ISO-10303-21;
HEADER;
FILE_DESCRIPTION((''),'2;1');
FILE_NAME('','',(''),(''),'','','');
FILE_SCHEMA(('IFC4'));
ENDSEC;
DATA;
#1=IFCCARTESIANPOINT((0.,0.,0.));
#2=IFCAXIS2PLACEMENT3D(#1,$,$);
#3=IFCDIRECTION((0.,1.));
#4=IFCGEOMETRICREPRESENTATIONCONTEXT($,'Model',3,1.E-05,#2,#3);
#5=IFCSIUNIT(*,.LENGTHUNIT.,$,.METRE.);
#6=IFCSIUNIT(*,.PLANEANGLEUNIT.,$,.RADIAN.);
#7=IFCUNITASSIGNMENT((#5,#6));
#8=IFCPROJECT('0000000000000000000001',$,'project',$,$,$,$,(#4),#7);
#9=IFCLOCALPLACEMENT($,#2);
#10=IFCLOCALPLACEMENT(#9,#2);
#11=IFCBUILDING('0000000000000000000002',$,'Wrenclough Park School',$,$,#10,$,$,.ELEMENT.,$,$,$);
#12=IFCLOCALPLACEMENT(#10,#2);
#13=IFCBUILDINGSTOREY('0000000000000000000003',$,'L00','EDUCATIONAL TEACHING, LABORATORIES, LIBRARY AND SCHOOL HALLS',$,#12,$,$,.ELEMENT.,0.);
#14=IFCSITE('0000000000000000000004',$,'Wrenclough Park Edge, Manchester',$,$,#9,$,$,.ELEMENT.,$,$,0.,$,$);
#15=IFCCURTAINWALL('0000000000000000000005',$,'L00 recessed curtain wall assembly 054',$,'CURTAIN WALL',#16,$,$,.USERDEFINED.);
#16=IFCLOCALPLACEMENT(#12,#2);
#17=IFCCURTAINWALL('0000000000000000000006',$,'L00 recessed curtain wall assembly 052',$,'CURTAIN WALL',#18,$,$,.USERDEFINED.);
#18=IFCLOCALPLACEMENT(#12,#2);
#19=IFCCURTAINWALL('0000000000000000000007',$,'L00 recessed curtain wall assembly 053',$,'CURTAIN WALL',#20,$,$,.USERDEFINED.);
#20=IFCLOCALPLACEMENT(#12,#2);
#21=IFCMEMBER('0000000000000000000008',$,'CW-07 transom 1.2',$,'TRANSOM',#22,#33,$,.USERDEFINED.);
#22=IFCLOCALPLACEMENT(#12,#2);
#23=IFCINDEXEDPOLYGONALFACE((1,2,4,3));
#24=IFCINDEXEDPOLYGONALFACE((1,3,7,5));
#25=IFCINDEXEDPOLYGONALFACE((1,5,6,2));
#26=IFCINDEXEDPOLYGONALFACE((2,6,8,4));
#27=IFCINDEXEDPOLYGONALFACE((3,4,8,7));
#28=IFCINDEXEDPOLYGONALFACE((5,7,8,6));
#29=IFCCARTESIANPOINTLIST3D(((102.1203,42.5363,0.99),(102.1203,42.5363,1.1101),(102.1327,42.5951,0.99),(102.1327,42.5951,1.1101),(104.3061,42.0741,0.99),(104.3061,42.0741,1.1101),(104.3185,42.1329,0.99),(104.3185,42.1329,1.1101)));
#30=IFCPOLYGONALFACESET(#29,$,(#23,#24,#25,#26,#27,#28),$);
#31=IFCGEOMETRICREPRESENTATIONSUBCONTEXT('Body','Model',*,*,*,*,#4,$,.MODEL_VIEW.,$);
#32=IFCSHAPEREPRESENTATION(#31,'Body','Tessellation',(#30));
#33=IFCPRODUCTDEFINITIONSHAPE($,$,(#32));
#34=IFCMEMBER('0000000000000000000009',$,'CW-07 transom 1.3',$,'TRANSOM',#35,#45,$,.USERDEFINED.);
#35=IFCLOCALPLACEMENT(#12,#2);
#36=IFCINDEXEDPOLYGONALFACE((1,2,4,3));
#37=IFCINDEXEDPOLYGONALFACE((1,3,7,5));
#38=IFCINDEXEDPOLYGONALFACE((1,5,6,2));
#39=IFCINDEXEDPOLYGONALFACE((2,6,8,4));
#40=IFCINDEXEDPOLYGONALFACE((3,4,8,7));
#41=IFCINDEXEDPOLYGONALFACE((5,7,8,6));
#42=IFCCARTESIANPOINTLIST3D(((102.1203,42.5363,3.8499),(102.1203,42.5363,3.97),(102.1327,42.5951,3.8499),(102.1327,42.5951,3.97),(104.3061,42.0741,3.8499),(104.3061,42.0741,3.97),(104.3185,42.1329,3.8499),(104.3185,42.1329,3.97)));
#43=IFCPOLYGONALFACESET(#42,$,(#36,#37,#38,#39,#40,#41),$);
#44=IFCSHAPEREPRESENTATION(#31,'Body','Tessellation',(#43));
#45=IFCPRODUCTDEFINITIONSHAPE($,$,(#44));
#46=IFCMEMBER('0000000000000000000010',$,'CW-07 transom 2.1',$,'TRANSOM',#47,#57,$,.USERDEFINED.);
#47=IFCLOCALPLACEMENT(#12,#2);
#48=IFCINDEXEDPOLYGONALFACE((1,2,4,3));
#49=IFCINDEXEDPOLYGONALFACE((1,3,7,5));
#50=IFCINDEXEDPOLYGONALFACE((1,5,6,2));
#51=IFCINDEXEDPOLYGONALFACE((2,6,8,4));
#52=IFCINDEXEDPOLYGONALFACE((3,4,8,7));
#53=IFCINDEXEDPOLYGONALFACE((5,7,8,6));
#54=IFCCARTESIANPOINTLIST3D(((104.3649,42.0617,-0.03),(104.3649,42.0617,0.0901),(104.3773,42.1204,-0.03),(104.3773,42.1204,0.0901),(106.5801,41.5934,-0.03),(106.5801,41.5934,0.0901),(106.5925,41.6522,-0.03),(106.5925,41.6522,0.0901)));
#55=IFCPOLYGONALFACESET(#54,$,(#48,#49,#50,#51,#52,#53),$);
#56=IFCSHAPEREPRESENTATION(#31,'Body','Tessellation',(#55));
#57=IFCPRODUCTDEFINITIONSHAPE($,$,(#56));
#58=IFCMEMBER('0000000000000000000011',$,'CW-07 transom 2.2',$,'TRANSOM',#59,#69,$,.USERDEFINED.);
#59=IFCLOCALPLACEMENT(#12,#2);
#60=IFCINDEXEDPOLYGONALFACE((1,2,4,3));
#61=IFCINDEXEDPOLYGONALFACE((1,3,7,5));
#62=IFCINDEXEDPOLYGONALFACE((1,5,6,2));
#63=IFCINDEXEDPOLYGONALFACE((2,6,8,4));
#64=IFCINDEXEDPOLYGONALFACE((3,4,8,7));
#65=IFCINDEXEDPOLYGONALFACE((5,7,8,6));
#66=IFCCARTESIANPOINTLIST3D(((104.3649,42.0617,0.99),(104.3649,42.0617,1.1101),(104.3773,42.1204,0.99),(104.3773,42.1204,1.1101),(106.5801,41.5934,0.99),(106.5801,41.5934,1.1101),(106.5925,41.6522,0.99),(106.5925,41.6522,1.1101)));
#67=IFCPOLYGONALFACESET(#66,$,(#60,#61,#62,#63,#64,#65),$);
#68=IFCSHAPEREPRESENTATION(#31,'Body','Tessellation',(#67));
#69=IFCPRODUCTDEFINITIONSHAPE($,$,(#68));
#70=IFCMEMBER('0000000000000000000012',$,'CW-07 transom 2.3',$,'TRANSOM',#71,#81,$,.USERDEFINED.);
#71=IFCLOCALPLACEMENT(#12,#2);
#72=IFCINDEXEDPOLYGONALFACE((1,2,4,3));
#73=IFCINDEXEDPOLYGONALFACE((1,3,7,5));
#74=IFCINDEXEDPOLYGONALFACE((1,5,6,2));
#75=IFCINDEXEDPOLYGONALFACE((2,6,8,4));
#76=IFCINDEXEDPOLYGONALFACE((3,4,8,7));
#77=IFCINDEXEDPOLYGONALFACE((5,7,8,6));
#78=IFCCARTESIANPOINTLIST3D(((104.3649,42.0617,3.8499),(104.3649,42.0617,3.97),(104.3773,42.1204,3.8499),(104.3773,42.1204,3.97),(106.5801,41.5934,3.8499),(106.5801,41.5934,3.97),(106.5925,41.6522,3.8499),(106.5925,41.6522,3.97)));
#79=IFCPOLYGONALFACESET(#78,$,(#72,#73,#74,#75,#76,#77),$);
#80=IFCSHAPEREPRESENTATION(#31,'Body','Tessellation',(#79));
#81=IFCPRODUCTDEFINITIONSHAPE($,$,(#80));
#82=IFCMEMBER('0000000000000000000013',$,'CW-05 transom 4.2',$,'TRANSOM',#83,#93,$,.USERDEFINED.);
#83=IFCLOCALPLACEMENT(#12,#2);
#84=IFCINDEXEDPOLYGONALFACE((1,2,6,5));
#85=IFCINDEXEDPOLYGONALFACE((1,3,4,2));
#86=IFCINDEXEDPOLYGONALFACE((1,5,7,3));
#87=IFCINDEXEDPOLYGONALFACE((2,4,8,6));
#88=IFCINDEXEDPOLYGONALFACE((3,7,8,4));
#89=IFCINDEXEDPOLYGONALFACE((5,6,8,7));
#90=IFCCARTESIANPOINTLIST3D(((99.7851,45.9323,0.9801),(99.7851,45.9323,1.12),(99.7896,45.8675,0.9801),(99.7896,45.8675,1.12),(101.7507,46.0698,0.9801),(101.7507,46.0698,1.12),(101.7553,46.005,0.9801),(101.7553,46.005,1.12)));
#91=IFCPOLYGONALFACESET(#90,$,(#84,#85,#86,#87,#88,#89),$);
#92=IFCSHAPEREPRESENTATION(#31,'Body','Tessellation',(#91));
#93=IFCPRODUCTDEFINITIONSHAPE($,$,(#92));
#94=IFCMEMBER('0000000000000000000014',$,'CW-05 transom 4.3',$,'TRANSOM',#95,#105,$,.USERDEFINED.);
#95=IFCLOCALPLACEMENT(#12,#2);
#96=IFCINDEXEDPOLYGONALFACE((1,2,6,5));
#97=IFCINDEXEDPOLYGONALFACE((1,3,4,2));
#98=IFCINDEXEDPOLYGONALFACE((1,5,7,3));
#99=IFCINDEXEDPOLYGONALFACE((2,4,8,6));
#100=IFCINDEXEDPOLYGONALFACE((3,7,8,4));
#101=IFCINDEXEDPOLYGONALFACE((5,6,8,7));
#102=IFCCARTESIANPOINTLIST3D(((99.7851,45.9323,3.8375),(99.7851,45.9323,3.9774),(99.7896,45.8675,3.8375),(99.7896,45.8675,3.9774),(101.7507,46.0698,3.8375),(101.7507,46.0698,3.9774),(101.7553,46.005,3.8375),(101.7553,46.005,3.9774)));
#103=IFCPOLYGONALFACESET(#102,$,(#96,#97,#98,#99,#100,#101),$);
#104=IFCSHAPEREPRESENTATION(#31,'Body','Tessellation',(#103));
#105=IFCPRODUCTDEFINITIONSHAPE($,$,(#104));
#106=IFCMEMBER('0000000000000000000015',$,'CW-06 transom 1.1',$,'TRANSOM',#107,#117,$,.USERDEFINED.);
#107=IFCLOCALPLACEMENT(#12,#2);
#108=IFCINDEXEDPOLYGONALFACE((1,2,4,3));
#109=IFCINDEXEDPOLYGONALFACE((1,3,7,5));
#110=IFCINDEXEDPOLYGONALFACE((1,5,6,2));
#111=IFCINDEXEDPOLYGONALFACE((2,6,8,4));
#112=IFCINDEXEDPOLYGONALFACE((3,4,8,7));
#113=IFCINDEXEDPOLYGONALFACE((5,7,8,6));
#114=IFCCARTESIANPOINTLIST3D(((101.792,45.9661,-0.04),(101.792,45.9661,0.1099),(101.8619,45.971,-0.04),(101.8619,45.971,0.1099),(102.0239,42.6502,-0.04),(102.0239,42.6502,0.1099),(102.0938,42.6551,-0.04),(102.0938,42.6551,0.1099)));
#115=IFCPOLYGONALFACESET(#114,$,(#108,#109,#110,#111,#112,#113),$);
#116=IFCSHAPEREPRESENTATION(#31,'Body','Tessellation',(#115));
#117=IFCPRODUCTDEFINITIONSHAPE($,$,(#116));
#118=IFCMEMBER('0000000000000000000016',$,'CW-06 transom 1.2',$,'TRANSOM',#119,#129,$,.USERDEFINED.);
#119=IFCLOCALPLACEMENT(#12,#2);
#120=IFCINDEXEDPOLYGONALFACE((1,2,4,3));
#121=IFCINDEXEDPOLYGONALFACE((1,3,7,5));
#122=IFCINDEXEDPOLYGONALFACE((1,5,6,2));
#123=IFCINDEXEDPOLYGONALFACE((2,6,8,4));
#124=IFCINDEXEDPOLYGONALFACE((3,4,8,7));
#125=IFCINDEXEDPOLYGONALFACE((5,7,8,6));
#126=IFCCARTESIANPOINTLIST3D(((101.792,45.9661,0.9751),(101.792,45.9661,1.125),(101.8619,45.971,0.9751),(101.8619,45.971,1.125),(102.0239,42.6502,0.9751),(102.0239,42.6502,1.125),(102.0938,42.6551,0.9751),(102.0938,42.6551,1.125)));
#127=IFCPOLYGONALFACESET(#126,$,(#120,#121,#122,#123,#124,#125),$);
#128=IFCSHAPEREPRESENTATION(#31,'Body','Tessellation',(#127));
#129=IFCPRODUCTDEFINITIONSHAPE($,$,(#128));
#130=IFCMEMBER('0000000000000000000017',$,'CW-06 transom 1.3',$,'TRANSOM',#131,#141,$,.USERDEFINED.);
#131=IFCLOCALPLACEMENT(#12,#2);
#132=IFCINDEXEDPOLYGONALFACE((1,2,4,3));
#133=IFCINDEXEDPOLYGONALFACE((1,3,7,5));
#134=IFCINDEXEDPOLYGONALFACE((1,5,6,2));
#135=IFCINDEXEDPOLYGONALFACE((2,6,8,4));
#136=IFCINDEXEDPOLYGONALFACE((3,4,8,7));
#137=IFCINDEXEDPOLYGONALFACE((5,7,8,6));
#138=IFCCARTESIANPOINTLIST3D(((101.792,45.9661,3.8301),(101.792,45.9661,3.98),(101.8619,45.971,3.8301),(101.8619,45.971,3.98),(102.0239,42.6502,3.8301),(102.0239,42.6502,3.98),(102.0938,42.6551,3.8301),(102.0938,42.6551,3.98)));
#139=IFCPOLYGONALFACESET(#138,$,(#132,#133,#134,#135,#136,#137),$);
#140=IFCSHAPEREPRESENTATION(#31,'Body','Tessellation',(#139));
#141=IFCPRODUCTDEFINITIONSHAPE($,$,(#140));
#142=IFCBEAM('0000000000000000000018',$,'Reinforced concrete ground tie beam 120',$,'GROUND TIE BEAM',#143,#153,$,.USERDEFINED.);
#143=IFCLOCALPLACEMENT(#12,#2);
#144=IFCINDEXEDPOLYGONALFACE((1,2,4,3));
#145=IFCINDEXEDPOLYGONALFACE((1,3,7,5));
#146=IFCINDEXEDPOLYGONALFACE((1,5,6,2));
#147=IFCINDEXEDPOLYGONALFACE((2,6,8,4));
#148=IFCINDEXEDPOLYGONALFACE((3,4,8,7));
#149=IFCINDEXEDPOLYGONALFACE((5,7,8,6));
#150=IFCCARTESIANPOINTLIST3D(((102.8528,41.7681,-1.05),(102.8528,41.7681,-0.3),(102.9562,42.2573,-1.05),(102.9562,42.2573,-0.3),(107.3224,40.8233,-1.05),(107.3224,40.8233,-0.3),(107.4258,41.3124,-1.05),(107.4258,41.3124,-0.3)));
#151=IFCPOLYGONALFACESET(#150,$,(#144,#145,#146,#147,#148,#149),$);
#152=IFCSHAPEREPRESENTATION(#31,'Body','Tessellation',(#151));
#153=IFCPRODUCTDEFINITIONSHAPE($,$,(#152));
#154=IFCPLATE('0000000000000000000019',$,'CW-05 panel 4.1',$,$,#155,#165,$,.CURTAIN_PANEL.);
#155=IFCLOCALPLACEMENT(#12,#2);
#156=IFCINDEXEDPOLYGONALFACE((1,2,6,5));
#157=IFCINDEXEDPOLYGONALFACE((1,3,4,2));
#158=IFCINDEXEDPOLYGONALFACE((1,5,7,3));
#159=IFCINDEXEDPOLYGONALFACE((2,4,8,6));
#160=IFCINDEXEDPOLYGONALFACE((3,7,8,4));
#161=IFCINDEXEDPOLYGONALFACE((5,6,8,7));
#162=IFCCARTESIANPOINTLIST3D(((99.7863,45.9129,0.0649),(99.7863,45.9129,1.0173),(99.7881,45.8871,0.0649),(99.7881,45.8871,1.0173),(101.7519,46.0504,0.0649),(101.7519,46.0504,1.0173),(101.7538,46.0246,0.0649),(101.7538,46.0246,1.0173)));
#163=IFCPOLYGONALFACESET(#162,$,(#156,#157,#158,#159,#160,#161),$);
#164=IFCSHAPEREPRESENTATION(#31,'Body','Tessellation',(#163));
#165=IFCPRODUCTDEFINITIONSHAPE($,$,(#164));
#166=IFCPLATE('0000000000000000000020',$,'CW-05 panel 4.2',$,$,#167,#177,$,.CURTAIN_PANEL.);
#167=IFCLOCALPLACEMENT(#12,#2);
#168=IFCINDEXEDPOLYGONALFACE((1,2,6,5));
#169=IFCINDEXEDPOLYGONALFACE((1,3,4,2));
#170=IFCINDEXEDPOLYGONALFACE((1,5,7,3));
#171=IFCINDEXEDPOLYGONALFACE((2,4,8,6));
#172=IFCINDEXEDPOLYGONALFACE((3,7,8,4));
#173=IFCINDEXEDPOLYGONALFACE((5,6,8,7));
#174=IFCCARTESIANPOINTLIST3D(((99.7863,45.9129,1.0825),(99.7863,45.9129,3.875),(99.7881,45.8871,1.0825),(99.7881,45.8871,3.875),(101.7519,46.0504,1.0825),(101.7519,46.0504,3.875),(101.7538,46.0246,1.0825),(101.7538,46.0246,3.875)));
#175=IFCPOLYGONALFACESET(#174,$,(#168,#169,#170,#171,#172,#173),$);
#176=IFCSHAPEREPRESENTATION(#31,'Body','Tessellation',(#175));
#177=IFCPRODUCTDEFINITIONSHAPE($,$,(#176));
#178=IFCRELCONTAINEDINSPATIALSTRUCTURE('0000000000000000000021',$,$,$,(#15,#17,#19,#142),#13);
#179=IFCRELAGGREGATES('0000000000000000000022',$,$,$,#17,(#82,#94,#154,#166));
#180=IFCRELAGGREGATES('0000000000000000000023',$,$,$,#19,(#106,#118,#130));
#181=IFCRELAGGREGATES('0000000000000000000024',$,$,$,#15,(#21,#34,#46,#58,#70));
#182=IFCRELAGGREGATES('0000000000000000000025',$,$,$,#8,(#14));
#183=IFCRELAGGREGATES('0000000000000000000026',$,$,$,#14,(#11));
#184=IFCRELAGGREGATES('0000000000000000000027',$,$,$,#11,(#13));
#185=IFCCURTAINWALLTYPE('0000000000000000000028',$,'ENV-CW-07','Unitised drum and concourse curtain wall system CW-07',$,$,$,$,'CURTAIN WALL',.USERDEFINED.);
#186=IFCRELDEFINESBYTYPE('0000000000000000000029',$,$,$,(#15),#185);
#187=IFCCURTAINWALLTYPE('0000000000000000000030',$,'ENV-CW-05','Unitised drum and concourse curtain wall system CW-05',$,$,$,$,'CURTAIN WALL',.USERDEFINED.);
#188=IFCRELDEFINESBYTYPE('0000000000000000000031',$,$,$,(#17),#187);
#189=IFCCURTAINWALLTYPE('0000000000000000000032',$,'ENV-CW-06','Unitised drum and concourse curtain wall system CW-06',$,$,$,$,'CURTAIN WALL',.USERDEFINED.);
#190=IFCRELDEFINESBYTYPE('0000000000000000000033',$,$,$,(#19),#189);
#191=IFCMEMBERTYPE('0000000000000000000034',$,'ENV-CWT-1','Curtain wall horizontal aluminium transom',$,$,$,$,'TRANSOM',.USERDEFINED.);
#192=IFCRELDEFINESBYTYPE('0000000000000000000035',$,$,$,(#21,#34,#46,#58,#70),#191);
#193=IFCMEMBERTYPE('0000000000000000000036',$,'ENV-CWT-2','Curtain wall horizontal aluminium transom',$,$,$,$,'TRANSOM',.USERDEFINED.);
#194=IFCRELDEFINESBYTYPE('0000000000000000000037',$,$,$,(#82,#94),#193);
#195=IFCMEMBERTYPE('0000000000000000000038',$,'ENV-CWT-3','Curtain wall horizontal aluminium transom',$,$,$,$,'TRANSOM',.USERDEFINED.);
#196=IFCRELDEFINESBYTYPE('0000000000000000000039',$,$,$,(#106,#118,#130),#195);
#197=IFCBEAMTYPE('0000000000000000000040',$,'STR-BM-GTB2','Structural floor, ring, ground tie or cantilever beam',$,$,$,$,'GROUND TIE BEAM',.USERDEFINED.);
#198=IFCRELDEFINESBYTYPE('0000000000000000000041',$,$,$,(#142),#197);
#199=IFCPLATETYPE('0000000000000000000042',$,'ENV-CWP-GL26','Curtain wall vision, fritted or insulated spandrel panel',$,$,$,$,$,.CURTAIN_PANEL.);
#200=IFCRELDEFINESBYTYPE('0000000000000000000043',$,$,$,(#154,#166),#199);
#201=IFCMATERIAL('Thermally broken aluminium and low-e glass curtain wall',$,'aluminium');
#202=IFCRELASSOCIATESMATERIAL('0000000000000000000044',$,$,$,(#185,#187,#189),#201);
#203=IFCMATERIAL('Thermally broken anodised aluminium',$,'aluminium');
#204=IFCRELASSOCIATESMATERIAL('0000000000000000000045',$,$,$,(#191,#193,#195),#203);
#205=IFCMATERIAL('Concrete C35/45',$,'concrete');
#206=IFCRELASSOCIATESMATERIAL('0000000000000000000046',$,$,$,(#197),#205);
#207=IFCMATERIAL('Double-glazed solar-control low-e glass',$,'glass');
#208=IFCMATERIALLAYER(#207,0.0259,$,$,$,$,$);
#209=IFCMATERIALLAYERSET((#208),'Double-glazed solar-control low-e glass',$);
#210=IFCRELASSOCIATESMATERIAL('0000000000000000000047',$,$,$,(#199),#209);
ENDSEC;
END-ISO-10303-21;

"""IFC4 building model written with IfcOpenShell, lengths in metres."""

from ifc_helpers import new_model, si_unit, direction, frame, origin, origin_2d, place, context, subcontext, project, spatial, rectangle, extrude, material, layer, layer_set, material_profile, profile_set, type_object, element, aggregate, save


model = new_model("IFC4")

# Units and contexts
model_context = context("Model", 3, precision=1e-05, world=origin(), true_north=direction((0.0, 1.0)))
body_context = subcontext(model_context, "Body", "Model", "MODEL_VIEW")
ifc_project = project(units=[si_unit("LENGTHUNIT", "METRE"), si_unit("PLANEANGLEUNIT", "RADIAN")], contexts=[model_context])

# Site, building, storey
site_placement = place(None, origin())
site = spatial("IfcSite", under=ifc_project, at=site_placement, Name="Wrenclough Park Edge, Manchester", CompositionType="ELEMENT", RefElevation=0.0)
building_placement = place(site_placement, origin())
building = spatial("IfcBuilding", under=site, at=building_placement, Name="Wrenclough Park School", CompositionType="ELEMENT")
storey_placement = place(building_placement, origin())
storey = spatial("IfcBuildingStorey", under=building, at=storey_placement, Name="L00", Description="EDUCATIONAL TEACHING, LABORATORIES, LIBRARY AND SCHOOL HALLS", CompositionType="ELEMENT", Elevation=0.0)

# Shared definitions
ifc_material_1 = material(Name="Concrete C35/45", Category="concrete")

# Curtain wall
ifc_material_2 = material(Name="Thermally broken aluminium and low-e glass curtain wall", Category="aluminium")
curtain_wall_type_1 = type_object("IfcCurtainWallType", Name="ENV-CW-07", Description="Unitised drum and concourse curtain wall system CW-07", ElementType="CURTAIN WALL", PredefinedType="USERDEFINED", material=ifc_material_2)
curtain_wall_1_placement = place(storey_placement, origin())
curtain_wall_1 = element("IfcCurtainWall", 1, at=curtain_wall_1_placement, inside=storey, type_object=curtain_wall_type_1, Name="L00 recessed curtain wall assembly 054", ObjectType="CURTAIN WALL", PredefinedType="USERDEFINED")
ifc_material_3 = material(Name="Thermally broken anodised aluminium", Category="aluminium")

# Curtain wall
curtain_wall_type_2 = type_object("IfcCurtainWallType", Name="ENV-CW-05", Description="Unitised drum and concourse curtain wall system CW-05", ElementType="CURTAIN WALL", PredefinedType="USERDEFINED", material=ifc_material_2)
curtain_wall_2_placement = place(storey_placement, origin())
curtain_wall_2 = element("IfcCurtainWall", 2, at=curtain_wall_2_placement, inside=storey, type_object=curtain_wall_type_2, Name="L00 recessed curtain wall assembly 052", ObjectType="CURTAIN WALL", PredefinedType="USERDEFINED")

# Curtain wall
curtain_wall_type_3 = type_object("IfcCurtainWallType", Name="ENV-CW-06", Description="Unitised drum and concourse curtain wall system CW-06", ElementType="CURTAIN WALL", PredefinedType="USERDEFINED", material=ifc_material_2)
curtain_wall_3_placement = place(storey_placement, origin())
curtain_wall_3 = element("IfcCurtainWall", 3, at=curtain_wall_3_placement, inside=storey, type_object=curtain_wall_type_3, Name="L00 recessed curtain wall assembly 053", ObjectType="CURTAIN WALL", PredefinedType="USERDEFINED")

# Members
ifc_material_profile_1 = material_profile(ifc_material_3, rectangle(XDim=0.0601, YDim=0.1201, at=origin_2d()), Name="AL TRANSOM 60x120")
ifc_profile_set_1 = profile_set([ifc_material_profile_1], Name="Thermally broken anodised aluminium")
member_type_1 = type_object("IfcMemberType", Name="ENV-CWT-1", Description="Curtain wall horizontal aluminium transom", ElementType="TRANSOM", PredefinedType="USERDEFINED", material=ifc_profile_set_1)
member_1_placement = place(storey_placement, frame((102.1265, 42.5657, 1.05), z_axis=(0.97837, -0.206864, 0.0), x_axis=(0.206864, 0.97837, 0.0)))
member_1 = element("IfcMember", 4, at=member_1_placement, type_object=member_type_1, Name="CW-07 transom 1.2", ObjectType="TRANSOM", PredefinedType="USERDEFINED", context=body_context, shape_type="SweptSolid", body=[
    extrude(rectangle(XDim=0.0601, YDim=0.1201, at=origin_2d()), origin(), (0.0, 0.0, 1.0), 2.2341),
])
member_2_placement = place(storey_placement, frame((102.1265, 42.5657, 3.9099), z_axis=(0.97837, -0.206864, 0.0), x_axis=(0.206864, 0.97837, 0.0)))
member_2 = element("IfcMember", 5, at=member_2_placement, type_object=member_type_1, Name="CW-07 transom 1.3", ObjectType="TRANSOM", PredefinedType="USERDEFINED", context=body_context, shape_type="SweptSolid", body=[
    extrude(rectangle(XDim=0.0601, YDim=0.1201, at=origin_2d()), origin(), (0.0, 0.0, 1.0), 2.2341),
])
member_3_placement = place(storey_placement, frame((104.3711, 42.0911, 0.03), z_axis=(0.978378, -0.206826, 0.0), x_axis=(0.206826, 0.978378, 0.0)))
member_3 = element("IfcMember", 6, at=member_3_placement, type_object=member_type_1, Name="CW-07 transom 2.1", ObjectType="TRANSOM", PredefinedType="USERDEFINED", context=body_context, shape_type="SweptSolid", body=[
    extrude(rectangle(XDim=0.0601, YDim=0.1201, at=origin_2d()), origin(), (0.0, 0.0, 1.0), 2.2642),
])
member_4_placement = place(storey_placement, frame((104.3711, 42.0911, 1.05), z_axis=(0.978378, -0.206826, 0.0), x_axis=(0.206826, 0.978378, 0.0)))
member_4 = element("IfcMember", 7, at=member_4_placement, type_object=member_type_1, Name="CW-07 transom 2.2", ObjectType="TRANSOM", PredefinedType="USERDEFINED", context=body_context, shape_type="SweptSolid", body=[
    extrude(rectangle(XDim=0.0601, YDim=0.1201, at=origin_2d()), origin(), (0.0, 0.0, 1.0), 2.2642),
])
member_5_placement = place(storey_placement, frame((104.3711, 42.0911, 3.9099), z_axis=(0.978378, -0.206826, 0.0), x_axis=(0.206826, 0.978378, 0.0)))
member_5 = element("IfcMember", 8, at=member_5_placement, type_object=member_type_1, Name="CW-07 transom 2.3", ObjectType="TRANSOM", PredefinedType="USERDEFINED", context=body_context, shape_type="SweptSolid", body=[
    extrude(rectangle(XDim=0.0601, YDim=0.1201, at=origin_2d()), origin(), (0.0, 0.0, 1.0), 2.2642),
])
ifc_material_profile_2 = material_profile(ifc_material_3, rectangle(XDim=0.0649, YDim=0.1399, at=origin_2d()), Name="AL TRANSOM 65x140")
ifc_profile_set_2 = profile_set([ifc_material_profile_2], Name="Thermally broken anodised aluminium")
member_type_2 = type_object("IfcMemberType", Name="ENV-CWT-2", Description="Curtain wall horizontal aluminium transom", ElementType="TRANSOM", PredefinedType="USERDEFINED", material=ifc_profile_set_2)
member_6_placement = place(storey_placement, frame((99.7874, 45.8999, 1.05), z_axis=(0.997564, 0.069759, 0.0), x_axis=(-0.069759, 0.997564, 0.0)))
member_6 = element("IfcMember", 9, at=member_6_placement, type_object=member_type_2, Name="CW-05 transom 4.2", ObjectType="TRANSOM", PredefinedType="USERDEFINED", context=body_context, shape_type="SweptSolid", body=[
    extrude(rectangle(XDim=0.0649, YDim=0.1399, at=origin_2d()), origin(), (0.0, 0.0, 1.0), 1.9705),
])
member_7_placement = place(storey_placement, frame((99.7874, 45.8999, 3.9075), z_axis=(0.997564, 0.069759, 0.0), x_axis=(-0.069759, 0.997564, 0.0)))
member_7 = element("IfcMember", 10, at=member_7_placement, type_object=member_type_2, Name="CW-05 transom 4.3", ObjectType="TRANSOM", PredefinedType="USERDEFINED", context=body_context, shape_type="SweptSolid", body=[
    extrude(rectangle(XDim=0.0649, YDim=0.1399, at=origin_2d()), origin(), (0.0, 0.0, 1.0), 1.9705),
])
ifc_material_profile_3 = material_profile(ifc_material_3, rectangle(XDim=0.0701, YDim=0.1499, at=origin_2d()), Name="AL TRANSOM 70x150")
ifc_profile_set_3 = profile_set([ifc_material_profile_3], Name="Thermally broken anodised aluminium")
member_type_3 = type_object("IfcMemberType", Name="ENV-CWT-3", Description="Curtain wall horizontal aluminium transom", ElementType="TRANSOM", PredefinedType="USERDEFINED", material=ifc_profile_set_3)
member_8_placement = place(storey_placement, frame((101.8269, 45.9685, 0.0349), z_axis=(0.069775, -0.997563, 0.0), x_axis=(0.997563, 0.069775, 0.0)))
member_8 = element("IfcMember", 11, at=member_8_placement, type_object=member_type_3, Name="CW-06 transom 1.1", ObjectType="TRANSOM", PredefinedType="USERDEFINED", context=body_context, shape_type="SweptSolid", body=[
    extrude(rectangle(XDim=0.0701, YDim=0.1499, at=origin_2d()), origin(), (0.0, 0.0, 1.0), 3.324),
])
member_9_placement = place(storey_placement, frame((101.8269, 45.9685, 1.05), z_axis=(0.069775, -0.997563, 0.0), x_axis=(0.997563, 0.069775, 0.0)))
member_9 = element("IfcMember", 12, at=member_9_placement, type_object=member_type_3, Name="CW-06 transom 1.2", ObjectType="TRANSOM", PredefinedType="USERDEFINED", context=body_context, shape_type="SweptSolid", body=[
    extrude(rectangle(XDim=0.0701, YDim=0.1499, at=origin_2d()), origin(), (0.0, 0.0, 1.0), 3.324),
])
member_10_placement = place(storey_placement, frame((101.8269, 45.9685, 3.905), z_axis=(0.069775, -0.997563, 0.0), x_axis=(0.997563, 0.069775, 0.0)))
member_10 = element("IfcMember", 13, at=member_10_placement, type_object=member_type_3, Name="CW-06 transom 1.3", ObjectType="TRANSOM", PredefinedType="USERDEFINED", context=body_context, shape_type="SweptSolid", body=[
    extrude(rectangle(XDim=0.0701, YDim=0.1499, at=origin_2d()), origin(), (0.0, 0.0, 1.0), 3.324),
])

# Beam
ifc_material_profile_4 = material_profile(ifc_material_1, rectangle(XDim=0.5, YDim=0.75, at=origin_2d()), Name="RC GROUND 500x750")
ifc_profile_set_4 = profile_set([ifc_material_profile_4], Name="Concrete C35/45")
beam_type = type_object("IfcBeamType", Name="STR-BM-GTB2", Description="Structural floor, ring, ground tie or cantilever beam", ElementType="GROUND TIE BEAM", PredefinedType="USERDEFINED", material=ifc_profile_set_4)
beam_placement = place(storey_placement, frame((102.9045, 42.0127, -0.675), z_axis=(0.978378, -0.206824, 0.0), x_axis=(0.206824, 0.978378, 0.0)))
element("IfcBeam", 14, at=beam_placement, inside=storey, type_object=beam_type, Name="Reinforced concrete ground tie beam 120", ObjectType="GROUND TIE BEAM", PredefinedType="USERDEFINED", context=body_context, shape_type="SweptSolid", body=[
    extrude(rectangle(XDim=0.5, YDim=0.75, at=origin_2d()), origin(), (0.0, 0.0, 1.0), 4.5684),
])

# Plates
ifc_material_4 = material(Name="Double-glazed solar-control low-e glass", Category="glass")
ifc_layer_1 = layer(ifc_material_4, 0.0259)
ifc_layer_set_1 = layer_set([ifc_layer_1], Name="Double-glazed solar-control low-e glass")
plate_type_1 = type_object("IfcPlateType", Name="ENV-CWP-GL26", Description="Curtain wall vision, fritted or insulated spandrel panel", PredefinedType="CURTAIN_PANEL", material=ifc_layer_set_1)
plate_1_placement = place(storey_placement, frame((100.77, 45.9688, 0.0649), z_axis=(0.0, 0.0, 1.0), x_axis=(0.997564, 0.069753, 0.0)))
plate_1 = element("IfcPlate", 15, at=plate_1_placement, type_object=plate_type_1, Name="CW-05 panel 4.1", PredefinedType="CURTAIN_PANEL", context=body_context, shape_type="SweptSolid", body=[
    extrude(rectangle(XDim=1.9705, YDim=0.0259, at=origin_2d()), origin(), (0.0, 0.0, 1.0), 0.9524),
])
plate_2_placement = place(storey_placement, frame((100.77, 45.9688, 1.0825), z_axis=(0.0, 0.0, 1.0), x_axis=(0.997564, 0.069753, 0.0)))
plate_2 = element("IfcPlate", 16, at=plate_2_placement, type_object=plate_type_1, Name="CW-05 panel 4.2", PredefinedType="CURTAIN_PANEL", context=body_context, shape_type="SweptSolid", body=[
    extrude(rectangle(XDim=1.9705, YDim=0.0259, at=origin_2d()), origin(), (0.0, 0.0, 1.0), 2.7925),
])
aggregate(curtain_wall_2, [member_6, member_7, plate_1, plate_2])
aggregate(curtain_wall_3, [member_8, member_9, member_10])
aggregate(curtain_wall_1, [member_1, member_2, member_3, member_4, member_5])

save(model, "model.ifc")
